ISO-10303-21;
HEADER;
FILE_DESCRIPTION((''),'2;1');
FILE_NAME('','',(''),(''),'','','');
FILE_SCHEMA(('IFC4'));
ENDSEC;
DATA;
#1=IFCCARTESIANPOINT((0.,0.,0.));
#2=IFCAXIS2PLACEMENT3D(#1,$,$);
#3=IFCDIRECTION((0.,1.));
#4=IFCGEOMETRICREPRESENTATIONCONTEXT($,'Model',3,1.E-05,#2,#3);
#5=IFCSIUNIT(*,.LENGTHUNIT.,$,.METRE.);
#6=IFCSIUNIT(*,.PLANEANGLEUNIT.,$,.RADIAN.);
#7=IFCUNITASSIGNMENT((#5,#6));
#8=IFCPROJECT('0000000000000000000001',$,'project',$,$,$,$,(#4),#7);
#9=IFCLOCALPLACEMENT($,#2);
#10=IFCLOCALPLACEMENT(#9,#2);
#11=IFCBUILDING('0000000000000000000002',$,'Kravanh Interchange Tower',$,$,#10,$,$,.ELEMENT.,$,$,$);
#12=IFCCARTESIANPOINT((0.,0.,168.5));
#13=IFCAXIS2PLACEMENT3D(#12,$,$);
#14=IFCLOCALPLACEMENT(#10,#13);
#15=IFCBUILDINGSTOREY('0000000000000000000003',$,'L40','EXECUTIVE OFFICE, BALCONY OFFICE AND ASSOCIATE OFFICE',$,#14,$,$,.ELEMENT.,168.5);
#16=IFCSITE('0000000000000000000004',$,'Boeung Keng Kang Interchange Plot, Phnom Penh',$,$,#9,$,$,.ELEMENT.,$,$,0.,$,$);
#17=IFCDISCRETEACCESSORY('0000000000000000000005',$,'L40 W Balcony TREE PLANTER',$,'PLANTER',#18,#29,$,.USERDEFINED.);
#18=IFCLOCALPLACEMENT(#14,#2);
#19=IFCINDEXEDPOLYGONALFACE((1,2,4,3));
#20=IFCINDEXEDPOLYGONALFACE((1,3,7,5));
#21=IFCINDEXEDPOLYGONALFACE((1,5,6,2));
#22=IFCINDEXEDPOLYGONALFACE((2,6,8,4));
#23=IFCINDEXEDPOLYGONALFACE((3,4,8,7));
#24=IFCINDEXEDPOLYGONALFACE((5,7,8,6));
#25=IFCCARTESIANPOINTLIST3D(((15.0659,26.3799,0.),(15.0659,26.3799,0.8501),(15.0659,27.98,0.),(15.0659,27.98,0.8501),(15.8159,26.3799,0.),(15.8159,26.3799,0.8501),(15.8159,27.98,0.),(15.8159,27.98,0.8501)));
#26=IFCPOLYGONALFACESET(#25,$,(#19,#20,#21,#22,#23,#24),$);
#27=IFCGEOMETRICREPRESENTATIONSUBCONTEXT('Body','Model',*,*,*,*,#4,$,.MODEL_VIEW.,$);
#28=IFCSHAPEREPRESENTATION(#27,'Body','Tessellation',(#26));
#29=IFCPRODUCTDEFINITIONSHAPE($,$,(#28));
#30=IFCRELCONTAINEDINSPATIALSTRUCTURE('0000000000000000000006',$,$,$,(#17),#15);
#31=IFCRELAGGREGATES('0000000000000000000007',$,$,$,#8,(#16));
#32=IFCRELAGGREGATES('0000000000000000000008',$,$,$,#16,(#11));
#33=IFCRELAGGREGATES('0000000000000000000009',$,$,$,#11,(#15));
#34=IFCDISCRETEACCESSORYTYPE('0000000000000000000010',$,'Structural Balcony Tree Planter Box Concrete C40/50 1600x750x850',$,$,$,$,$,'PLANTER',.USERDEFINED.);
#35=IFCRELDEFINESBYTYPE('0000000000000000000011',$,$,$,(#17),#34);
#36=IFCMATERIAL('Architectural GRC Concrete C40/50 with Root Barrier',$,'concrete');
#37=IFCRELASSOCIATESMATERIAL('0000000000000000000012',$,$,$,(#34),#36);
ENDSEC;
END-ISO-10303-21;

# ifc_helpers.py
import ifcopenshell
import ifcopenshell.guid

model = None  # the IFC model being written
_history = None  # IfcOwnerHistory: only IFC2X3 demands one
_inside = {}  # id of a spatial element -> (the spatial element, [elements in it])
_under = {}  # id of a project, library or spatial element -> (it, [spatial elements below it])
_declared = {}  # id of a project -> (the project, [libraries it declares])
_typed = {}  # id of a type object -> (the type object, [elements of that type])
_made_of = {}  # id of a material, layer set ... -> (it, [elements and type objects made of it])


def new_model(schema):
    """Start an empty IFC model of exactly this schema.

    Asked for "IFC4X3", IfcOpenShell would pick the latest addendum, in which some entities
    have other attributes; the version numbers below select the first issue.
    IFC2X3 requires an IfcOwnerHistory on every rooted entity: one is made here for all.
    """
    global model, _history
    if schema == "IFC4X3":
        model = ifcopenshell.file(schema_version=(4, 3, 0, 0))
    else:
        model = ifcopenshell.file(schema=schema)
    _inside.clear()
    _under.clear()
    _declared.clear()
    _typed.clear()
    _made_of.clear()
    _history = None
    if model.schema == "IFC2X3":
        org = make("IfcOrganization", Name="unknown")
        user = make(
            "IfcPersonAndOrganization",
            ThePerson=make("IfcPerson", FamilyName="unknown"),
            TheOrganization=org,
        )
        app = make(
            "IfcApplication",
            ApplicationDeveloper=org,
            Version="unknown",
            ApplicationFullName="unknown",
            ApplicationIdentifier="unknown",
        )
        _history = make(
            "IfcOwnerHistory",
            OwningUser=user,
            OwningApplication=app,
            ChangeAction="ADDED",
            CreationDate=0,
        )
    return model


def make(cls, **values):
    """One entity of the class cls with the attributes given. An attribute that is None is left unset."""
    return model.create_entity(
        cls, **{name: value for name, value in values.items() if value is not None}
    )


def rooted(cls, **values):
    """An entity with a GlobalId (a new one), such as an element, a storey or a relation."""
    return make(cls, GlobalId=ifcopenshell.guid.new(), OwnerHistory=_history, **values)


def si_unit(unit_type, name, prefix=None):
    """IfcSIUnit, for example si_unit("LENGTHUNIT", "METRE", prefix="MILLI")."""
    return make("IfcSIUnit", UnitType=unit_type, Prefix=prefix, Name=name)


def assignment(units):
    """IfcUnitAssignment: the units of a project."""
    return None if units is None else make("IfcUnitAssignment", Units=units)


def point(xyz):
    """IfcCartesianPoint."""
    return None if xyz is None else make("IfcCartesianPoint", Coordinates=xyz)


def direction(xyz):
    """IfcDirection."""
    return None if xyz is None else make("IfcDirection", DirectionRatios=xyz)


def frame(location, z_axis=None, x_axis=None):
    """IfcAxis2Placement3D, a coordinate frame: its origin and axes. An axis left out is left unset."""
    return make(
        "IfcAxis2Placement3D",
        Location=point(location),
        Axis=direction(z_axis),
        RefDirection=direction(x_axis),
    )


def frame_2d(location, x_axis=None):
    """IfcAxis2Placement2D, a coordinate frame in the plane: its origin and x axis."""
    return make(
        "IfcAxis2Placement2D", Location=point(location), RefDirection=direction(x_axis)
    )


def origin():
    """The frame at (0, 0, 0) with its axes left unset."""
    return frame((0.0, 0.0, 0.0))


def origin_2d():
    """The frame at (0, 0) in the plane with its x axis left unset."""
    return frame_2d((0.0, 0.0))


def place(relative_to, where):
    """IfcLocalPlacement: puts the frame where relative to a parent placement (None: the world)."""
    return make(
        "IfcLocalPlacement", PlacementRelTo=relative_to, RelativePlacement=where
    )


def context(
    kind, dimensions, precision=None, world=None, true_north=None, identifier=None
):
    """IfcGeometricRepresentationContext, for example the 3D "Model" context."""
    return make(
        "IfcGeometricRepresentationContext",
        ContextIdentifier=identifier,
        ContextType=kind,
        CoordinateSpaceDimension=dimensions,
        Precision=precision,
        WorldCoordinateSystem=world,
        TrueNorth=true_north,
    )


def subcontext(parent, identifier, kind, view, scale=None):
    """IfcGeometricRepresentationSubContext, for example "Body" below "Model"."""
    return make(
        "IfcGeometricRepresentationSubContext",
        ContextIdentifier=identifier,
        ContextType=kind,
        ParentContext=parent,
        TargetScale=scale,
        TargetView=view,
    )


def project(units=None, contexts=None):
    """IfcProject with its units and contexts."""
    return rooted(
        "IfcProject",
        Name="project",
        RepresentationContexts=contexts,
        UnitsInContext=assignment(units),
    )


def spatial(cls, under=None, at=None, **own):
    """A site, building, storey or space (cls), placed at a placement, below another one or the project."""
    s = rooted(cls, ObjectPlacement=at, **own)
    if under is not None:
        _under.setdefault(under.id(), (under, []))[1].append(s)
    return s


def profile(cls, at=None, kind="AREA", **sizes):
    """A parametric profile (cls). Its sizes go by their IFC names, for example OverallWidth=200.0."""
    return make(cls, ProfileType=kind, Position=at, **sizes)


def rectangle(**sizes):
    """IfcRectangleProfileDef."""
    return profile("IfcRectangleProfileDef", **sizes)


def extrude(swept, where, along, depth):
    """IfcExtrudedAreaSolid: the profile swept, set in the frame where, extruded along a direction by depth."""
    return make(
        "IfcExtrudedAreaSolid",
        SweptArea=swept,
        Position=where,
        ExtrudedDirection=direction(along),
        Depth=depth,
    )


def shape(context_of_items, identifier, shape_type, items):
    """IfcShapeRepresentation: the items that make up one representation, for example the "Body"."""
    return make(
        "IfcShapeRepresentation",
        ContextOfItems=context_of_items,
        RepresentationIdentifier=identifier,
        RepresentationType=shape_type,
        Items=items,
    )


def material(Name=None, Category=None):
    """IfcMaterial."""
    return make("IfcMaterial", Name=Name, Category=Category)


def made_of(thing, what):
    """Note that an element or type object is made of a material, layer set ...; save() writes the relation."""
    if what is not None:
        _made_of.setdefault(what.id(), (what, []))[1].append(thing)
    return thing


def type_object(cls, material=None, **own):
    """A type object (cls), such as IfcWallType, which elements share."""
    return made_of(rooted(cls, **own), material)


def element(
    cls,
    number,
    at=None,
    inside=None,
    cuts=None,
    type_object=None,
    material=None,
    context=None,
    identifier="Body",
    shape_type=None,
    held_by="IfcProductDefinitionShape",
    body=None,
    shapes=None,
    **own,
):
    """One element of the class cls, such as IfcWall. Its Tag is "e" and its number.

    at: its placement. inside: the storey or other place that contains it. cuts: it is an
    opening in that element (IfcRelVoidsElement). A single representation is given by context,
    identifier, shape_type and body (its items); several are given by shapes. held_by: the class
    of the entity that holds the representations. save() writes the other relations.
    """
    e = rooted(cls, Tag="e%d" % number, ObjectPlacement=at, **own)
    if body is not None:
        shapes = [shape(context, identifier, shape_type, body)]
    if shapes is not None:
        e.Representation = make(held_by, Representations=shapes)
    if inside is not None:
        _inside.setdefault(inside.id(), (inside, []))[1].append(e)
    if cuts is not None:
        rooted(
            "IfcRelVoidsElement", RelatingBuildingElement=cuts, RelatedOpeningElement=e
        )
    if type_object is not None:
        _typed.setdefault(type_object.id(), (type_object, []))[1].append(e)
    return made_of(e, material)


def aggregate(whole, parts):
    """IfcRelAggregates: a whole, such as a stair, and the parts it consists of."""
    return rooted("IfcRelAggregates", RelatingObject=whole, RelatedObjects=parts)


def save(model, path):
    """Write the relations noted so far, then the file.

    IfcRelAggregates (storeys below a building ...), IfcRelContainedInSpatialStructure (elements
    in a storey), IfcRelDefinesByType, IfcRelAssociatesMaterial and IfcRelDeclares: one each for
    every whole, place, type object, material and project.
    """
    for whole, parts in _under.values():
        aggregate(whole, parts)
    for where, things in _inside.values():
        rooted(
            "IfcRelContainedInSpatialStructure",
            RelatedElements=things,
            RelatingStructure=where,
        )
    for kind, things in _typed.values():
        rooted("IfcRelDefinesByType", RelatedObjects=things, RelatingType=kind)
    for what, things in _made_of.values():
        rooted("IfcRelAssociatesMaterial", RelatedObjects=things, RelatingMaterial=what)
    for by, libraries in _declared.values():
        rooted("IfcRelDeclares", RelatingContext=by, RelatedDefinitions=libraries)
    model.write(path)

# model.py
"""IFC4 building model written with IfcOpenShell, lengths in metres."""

from ifc_helpers import new_model, si_unit, direction, frame, origin, origin_2d, place, context, subcontext, project, spatial, rectangle, extrude, material, type_object, element, save


model = new_model("IFC4")

# Units and contexts
model_context = context("Model", 3, precision=1e-05, world=origin(), true_north=direction((0.0, 1.0)))
body_context = subcontext(model_context, "Body", "Model", "MODEL_VIEW")
ifc_project = project(units=[si_unit("LENGTHUNIT", "METRE"), si_unit("PLANEANGLEUNIT", "RADIAN")], contexts=[model_context])

# Site, building, storey
site_placement = place(None, origin())
site = spatial("IfcSite", under=ifc_project, at=site_placement, Name="Boeung Keng Kang Interchange Plot, Phnom Penh", CompositionType="ELEMENT", RefElevation=0.0)
building_placement = place(site_placement, origin())
building = spatial("IfcBuilding", under=site, at=building_placement, Name="Kravanh Interchange Tower", CompositionType="ELEMENT")
storey_placement = place(building_placement, frame((0.0, 0.0, 168.5)))
storey = spatial("IfcBuildingStorey", under=building, at=storey_placement, Name="L40", Description="EXECUTIVE OFFICE, BALCONY OFFICE AND ASSOCIATE OFFICE", CompositionType="ELEMENT", Elevation=168.5)

# Discrete accessory
ifc_material_1 = material(Name="Architectural GRC Concrete C40/50 with Root Barrier", Category="concrete")
discrete_accessory_type = type_object("IfcDiscreteAccessoryType", Name="Structural Balcony Tree Planter Box Concrete C40/50 1600x750x850", ElementType="PLANTER", PredefinedType="USERDEFINED", material=ifc_material_1)
discrete_accessory_placement = place(storey_placement, frame((15.4409, 27.1799, 0.0), z_axis=(0.0, 0.0, 1.0), x_axis=(1.0, 0.0, 0.0)))
element("IfcDiscreteAccessory", 1, at=discrete_accessory_placement, inside=storey, type_object=discrete_accessory_type, Name="L40 W Balcony TREE PLANTER", ObjectType="PLANTER", PredefinedType="USERDEFINED", context=body_context, shape_type="SweptSolid", body=[
    extrude(rectangle(XDim=0.75, YDim=1.6001, at=origin_2d()), origin(), (0.0, 0.0, 1.0), 0.8501),
])

save(model, "model.ifc")
